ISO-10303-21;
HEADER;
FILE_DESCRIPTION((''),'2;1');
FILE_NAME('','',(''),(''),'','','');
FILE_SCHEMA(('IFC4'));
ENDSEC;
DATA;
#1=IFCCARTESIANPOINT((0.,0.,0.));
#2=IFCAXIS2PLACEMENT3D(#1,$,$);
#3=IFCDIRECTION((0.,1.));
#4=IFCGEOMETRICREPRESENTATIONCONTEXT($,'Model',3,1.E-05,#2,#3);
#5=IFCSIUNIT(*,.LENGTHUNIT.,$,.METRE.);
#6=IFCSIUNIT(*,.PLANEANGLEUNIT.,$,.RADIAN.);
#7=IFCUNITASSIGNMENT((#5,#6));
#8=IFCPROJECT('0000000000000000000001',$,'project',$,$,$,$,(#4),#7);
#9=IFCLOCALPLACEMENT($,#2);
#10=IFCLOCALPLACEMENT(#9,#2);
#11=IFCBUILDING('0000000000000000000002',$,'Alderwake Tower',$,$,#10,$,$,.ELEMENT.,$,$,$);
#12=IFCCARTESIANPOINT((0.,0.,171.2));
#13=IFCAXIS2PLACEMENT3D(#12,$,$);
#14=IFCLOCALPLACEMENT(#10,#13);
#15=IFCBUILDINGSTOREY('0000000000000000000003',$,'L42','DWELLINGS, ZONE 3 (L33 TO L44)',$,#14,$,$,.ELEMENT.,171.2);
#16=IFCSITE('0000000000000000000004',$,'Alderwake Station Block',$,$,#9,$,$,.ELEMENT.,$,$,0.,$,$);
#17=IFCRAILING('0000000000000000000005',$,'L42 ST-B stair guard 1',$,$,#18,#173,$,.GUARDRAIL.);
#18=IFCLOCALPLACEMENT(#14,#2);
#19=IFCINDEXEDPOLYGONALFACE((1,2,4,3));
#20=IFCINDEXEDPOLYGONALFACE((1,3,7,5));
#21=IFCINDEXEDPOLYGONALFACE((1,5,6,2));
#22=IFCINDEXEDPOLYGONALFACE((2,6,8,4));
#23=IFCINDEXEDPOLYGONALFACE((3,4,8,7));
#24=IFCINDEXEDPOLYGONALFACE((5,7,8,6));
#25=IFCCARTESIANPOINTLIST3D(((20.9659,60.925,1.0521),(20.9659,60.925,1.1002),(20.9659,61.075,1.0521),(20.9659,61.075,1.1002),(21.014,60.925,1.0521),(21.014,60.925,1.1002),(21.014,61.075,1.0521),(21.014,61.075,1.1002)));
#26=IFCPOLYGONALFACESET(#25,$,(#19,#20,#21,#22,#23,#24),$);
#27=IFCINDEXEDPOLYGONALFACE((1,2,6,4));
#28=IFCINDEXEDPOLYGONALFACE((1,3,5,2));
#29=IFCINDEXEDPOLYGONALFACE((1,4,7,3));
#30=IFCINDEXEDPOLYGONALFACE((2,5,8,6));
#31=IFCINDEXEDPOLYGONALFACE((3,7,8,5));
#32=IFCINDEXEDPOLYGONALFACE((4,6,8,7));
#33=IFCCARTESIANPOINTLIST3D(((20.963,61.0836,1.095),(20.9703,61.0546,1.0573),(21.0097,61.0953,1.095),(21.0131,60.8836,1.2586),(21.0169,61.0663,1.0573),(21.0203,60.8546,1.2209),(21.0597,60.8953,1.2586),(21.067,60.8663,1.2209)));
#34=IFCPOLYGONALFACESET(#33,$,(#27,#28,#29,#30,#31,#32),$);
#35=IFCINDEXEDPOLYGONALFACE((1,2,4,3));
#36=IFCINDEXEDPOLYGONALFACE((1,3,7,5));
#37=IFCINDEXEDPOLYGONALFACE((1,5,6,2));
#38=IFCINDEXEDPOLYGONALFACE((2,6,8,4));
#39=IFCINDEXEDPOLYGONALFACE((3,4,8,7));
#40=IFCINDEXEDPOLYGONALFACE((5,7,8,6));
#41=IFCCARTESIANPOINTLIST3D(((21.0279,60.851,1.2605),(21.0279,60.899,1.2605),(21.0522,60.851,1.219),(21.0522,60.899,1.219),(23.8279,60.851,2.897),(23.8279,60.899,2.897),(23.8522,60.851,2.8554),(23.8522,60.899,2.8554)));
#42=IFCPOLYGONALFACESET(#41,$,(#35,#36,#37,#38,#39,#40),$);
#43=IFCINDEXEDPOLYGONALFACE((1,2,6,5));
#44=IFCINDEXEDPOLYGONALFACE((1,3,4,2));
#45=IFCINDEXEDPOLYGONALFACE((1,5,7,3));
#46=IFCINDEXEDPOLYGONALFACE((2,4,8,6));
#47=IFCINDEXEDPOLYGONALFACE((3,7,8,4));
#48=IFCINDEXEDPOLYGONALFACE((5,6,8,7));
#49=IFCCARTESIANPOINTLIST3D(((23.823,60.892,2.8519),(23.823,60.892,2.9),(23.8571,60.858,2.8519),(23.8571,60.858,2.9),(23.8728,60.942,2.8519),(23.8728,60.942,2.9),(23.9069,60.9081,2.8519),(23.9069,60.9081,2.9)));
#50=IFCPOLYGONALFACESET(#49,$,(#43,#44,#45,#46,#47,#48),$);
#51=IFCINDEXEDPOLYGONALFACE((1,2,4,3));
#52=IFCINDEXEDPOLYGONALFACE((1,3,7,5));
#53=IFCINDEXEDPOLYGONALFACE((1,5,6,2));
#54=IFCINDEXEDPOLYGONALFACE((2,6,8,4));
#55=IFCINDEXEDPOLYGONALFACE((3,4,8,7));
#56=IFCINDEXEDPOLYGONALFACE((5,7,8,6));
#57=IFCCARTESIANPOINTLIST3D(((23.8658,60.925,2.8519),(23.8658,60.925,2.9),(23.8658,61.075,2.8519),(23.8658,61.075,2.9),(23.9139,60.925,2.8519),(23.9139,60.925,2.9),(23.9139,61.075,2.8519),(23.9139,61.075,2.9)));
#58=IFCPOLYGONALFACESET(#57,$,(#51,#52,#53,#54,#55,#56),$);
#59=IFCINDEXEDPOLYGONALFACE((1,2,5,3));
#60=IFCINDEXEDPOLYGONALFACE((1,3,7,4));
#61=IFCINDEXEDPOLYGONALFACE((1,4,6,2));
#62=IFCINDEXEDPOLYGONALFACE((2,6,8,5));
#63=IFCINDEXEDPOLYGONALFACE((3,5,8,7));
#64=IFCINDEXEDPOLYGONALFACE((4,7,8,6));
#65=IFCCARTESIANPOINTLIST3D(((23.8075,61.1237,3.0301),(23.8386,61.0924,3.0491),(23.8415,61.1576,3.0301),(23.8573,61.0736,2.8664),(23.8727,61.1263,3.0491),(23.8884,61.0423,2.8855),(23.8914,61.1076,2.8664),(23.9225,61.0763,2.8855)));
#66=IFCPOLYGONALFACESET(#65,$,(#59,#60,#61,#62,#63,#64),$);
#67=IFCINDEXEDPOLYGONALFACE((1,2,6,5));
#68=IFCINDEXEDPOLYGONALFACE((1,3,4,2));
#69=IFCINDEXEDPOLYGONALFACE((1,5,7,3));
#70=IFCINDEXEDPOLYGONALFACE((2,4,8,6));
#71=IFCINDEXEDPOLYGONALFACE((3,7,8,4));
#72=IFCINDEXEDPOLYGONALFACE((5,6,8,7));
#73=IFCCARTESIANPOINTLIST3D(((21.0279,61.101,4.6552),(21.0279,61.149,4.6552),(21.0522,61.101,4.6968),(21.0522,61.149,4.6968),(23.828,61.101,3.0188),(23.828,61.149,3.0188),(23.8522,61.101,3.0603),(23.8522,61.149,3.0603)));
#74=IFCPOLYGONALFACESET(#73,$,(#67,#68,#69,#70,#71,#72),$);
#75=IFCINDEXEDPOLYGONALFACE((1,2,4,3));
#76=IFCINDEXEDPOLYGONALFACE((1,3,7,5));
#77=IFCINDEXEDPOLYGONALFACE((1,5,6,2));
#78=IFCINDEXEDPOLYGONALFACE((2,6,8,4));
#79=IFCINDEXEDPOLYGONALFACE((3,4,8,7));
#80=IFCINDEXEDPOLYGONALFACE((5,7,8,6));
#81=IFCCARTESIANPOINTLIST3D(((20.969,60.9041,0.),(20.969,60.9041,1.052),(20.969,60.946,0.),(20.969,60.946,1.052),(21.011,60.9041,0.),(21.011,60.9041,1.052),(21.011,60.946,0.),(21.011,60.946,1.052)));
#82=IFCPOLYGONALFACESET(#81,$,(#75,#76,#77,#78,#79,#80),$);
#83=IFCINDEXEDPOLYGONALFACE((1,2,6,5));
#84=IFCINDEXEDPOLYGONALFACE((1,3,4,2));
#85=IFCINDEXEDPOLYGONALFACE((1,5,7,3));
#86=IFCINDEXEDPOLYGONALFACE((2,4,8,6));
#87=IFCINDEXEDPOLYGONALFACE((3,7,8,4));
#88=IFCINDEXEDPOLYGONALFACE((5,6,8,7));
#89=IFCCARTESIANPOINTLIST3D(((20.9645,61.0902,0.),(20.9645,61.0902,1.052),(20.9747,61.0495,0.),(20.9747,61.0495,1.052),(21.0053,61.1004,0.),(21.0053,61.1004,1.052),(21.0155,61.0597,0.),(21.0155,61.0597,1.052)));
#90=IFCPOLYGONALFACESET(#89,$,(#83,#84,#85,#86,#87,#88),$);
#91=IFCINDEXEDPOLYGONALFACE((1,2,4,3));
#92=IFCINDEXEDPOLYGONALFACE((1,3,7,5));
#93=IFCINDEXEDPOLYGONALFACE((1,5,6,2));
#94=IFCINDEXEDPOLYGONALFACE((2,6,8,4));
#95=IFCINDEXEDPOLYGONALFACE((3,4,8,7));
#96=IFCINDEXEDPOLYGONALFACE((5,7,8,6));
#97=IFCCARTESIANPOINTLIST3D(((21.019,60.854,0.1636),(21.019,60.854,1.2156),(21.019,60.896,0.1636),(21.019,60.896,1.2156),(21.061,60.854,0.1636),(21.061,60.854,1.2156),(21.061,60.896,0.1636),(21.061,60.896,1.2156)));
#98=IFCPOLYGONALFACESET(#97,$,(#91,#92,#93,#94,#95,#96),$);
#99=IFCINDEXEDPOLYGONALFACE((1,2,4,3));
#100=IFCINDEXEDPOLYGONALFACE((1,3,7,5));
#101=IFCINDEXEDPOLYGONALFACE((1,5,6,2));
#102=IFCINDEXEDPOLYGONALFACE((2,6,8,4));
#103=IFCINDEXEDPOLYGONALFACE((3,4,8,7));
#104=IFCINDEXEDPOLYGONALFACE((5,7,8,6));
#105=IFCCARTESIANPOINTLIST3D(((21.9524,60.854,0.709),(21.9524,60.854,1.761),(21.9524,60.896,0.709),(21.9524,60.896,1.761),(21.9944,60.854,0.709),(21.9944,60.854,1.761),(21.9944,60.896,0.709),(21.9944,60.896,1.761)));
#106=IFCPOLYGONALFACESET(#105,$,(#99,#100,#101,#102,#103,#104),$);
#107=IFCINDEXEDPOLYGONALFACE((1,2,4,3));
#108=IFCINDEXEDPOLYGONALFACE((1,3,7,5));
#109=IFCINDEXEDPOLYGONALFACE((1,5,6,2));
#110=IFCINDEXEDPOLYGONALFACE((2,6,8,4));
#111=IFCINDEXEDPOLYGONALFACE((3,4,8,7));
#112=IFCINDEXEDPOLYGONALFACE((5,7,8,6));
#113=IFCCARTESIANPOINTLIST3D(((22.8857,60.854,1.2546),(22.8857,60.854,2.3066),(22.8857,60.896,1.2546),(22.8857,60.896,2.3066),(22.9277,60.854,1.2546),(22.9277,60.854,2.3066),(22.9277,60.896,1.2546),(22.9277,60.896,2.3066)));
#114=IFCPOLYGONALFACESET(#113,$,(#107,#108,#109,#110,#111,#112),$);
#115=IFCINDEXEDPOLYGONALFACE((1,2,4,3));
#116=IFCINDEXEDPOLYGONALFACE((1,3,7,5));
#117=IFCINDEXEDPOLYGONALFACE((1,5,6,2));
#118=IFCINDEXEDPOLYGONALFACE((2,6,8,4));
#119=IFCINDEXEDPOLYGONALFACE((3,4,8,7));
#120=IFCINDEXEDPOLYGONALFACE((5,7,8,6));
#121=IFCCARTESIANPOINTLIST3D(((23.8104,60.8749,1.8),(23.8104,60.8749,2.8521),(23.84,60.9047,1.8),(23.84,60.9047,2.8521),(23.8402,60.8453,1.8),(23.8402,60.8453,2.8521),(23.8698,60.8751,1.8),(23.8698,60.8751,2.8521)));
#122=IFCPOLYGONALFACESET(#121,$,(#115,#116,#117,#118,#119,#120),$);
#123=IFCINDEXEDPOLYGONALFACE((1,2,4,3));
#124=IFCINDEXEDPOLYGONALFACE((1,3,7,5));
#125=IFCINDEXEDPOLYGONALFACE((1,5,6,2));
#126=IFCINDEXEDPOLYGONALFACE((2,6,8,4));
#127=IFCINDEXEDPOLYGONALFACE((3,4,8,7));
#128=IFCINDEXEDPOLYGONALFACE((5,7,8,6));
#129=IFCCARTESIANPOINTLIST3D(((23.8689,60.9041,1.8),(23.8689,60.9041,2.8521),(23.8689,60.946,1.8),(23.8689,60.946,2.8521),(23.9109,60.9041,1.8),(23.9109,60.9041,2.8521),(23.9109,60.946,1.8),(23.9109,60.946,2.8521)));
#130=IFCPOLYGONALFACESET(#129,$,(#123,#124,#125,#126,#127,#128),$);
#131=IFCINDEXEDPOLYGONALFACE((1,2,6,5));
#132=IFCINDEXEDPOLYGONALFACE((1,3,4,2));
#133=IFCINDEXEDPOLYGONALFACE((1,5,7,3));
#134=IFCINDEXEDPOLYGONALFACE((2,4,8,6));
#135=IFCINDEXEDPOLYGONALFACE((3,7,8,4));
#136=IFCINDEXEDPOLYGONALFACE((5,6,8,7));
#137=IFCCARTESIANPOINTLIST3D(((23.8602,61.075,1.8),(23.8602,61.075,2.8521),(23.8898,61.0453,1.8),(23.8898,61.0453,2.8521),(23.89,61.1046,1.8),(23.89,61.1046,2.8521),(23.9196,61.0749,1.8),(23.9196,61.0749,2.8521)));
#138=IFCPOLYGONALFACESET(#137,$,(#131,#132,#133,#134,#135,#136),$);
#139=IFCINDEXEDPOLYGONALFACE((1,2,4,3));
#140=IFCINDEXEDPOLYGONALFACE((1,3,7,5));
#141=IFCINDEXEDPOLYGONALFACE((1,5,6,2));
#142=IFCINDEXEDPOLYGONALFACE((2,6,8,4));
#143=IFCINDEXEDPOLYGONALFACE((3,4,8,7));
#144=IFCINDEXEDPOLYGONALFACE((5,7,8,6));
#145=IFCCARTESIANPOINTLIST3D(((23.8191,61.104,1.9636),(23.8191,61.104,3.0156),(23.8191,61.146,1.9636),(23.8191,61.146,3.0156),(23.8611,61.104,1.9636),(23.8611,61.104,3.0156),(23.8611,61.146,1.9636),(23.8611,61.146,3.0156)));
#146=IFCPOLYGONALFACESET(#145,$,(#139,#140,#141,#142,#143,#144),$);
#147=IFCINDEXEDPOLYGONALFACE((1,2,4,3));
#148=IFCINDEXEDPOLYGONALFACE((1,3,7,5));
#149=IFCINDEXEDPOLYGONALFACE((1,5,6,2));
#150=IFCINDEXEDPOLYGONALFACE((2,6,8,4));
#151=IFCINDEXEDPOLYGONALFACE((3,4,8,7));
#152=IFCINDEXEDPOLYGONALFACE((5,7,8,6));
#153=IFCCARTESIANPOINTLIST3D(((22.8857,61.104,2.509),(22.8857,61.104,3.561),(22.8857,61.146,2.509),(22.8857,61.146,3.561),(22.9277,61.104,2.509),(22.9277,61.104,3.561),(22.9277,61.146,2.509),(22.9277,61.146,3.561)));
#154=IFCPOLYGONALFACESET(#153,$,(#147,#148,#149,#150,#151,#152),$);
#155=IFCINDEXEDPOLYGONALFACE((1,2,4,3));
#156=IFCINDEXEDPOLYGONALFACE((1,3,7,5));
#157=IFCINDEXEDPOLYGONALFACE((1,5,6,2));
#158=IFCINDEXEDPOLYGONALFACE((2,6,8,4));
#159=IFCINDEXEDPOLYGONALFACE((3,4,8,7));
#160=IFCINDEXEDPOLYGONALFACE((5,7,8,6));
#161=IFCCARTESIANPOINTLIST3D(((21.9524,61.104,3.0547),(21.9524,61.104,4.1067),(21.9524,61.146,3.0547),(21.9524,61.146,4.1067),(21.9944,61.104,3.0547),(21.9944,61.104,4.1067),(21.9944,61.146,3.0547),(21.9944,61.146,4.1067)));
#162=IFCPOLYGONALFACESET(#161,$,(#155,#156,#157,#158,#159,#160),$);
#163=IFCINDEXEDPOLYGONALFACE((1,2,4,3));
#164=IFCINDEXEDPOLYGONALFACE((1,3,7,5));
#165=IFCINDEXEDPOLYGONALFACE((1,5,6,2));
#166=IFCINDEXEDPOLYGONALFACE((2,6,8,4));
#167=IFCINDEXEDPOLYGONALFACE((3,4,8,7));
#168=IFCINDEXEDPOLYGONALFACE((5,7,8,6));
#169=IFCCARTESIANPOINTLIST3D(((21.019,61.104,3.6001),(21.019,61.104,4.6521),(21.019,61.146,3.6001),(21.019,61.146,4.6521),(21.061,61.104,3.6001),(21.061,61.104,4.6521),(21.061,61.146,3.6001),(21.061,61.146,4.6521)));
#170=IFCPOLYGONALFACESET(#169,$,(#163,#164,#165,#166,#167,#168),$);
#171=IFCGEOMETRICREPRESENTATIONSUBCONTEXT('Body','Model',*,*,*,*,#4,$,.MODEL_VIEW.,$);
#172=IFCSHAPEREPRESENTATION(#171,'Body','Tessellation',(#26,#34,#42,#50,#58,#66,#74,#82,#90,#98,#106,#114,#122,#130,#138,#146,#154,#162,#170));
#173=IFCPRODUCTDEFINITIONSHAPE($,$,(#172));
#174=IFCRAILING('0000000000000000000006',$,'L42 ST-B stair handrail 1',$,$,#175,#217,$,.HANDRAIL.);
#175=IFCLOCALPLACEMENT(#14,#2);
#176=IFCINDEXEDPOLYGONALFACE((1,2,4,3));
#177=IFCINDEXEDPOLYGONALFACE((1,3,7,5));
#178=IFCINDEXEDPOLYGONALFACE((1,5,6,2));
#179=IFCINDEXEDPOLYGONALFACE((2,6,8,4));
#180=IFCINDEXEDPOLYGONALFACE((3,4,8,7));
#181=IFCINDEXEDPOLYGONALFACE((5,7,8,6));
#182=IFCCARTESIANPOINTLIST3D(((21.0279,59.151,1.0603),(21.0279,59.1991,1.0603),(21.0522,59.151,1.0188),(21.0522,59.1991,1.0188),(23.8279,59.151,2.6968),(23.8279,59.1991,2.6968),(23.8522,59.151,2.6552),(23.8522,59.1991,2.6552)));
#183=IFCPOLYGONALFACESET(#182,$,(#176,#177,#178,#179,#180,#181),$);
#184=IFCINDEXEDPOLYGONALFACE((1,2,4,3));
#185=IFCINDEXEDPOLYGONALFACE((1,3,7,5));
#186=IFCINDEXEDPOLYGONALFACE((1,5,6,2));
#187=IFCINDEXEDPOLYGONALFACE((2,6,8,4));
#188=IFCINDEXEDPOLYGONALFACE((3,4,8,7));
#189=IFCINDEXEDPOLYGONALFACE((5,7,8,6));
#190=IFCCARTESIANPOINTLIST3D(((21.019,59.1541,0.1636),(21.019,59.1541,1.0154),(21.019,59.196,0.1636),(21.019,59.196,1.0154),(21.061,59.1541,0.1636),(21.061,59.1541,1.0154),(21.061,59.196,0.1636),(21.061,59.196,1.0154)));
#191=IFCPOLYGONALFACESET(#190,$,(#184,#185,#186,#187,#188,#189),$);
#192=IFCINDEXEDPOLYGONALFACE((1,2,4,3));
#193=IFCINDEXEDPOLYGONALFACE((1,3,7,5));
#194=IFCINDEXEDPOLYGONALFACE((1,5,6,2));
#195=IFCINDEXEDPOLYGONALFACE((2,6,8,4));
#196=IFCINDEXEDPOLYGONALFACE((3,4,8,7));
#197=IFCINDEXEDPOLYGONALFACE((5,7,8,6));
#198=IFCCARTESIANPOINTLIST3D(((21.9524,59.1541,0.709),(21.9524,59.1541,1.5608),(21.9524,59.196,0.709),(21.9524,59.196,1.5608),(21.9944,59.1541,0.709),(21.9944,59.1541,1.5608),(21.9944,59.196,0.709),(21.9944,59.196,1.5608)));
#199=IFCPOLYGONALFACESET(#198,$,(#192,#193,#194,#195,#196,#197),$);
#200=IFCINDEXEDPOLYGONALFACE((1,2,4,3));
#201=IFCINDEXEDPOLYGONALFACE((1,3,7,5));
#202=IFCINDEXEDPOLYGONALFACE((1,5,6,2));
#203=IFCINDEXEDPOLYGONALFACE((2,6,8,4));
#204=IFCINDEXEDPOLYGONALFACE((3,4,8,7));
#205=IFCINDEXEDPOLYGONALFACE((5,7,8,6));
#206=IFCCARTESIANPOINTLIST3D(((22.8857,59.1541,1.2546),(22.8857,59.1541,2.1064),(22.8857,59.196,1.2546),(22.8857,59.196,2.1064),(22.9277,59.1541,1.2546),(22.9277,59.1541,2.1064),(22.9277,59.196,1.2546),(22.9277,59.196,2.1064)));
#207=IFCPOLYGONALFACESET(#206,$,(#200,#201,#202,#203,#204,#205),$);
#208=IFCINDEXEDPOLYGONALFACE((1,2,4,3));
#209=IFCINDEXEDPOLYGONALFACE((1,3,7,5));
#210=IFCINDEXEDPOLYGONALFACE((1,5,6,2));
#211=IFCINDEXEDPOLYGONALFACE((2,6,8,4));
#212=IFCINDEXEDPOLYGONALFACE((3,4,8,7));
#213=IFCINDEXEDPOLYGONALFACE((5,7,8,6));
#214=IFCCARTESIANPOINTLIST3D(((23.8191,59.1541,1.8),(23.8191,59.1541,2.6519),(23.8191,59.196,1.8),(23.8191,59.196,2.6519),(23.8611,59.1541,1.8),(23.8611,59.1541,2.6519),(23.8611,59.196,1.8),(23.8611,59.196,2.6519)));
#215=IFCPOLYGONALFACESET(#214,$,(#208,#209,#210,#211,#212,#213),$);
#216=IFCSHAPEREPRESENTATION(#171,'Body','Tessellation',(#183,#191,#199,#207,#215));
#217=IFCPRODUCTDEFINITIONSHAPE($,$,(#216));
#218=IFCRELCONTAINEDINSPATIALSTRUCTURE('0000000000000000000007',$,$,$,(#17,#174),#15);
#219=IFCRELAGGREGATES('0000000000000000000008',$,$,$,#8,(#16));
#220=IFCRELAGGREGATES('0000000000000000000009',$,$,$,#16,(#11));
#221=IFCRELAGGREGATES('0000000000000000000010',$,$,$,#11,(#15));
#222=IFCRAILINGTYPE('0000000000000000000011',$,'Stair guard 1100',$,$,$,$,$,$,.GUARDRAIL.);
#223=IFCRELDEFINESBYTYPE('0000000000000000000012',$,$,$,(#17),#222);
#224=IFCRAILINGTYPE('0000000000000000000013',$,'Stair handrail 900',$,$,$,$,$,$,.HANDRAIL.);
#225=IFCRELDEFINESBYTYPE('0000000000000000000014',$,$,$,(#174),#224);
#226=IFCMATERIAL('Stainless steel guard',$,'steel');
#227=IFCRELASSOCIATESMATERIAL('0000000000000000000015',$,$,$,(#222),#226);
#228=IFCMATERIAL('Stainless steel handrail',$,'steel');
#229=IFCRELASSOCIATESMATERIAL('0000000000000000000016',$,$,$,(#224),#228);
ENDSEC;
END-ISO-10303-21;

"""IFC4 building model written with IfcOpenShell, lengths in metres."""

from ifc_helpers import new_model, si_unit, direction, frame, origin, origin_with_axes, origin_2d, place, context, subcontext, project, spatial, rectangle, extrude, material, type_object, element, save


model = new_model("IFC4")

# Units and contexts
model_context = context("Model", 3, precision=1e-05, world=origin(), true_north=direction((0.0, 1.0)))
body_context = subcontext(model_context, "Body", "Model", "MODEL_VIEW")
ifc_project = project(units=[si_unit("LENGTHUNIT", "METRE"), si_unit("PLANEANGLEUNIT", "RADIAN")], contexts=[model_context])

# Site, building, storey
site_placement = place(None, origin())
site = spatial("IfcSite", under=ifc_project, at=site_placement, Name="Alderwake Station Block", CompositionType="ELEMENT", RefElevation=0.0)
building_placement = place(site_placement, origin())
building = spatial("IfcBuilding", under=site, at=building_placement, Name="Alderwake Tower", CompositionType="ELEMENT")
storey_placement = place(building_placement, frame((0.0, 0.0, 171.2)))
storey = spatial("IfcBuildingStorey", under=building, at=storey_placement, Name="L42", Description="DWELLINGS, ZONE 3 (L33 TO L44)", CompositionType="ELEMENT", Elevation=171.2)

# Railings
ifc_material_1 = material(Name="Stainless steel guard", Category="steel")
railing_type_1 = type_object("IfcRailingType", Name="Stair guard 1100", PredefinedType="GUARDRAIL", material=ifc_material_1)
railing_1_placement = place(storey_placement, frame((20.99, 60.925, 0.0)))
element("IfcRailing", 1, at=railing_1_placement, inside=storey, type_object=railing_type_1, Name="L42 ST-B stair guard 1", PredefinedType="GUARDRAIL", context=body_context, shape_type="SweptSolid", body=[
    extrude(rectangle(XDim=0.0481, YDim=0.0481, at=origin_2d()), frame((0.0, 0.0, 1.0762), z_axis=(0.0, 1.0, 0.0), x_axis=(-1.0, 0.0, 0.0)), (0.0, 0.0, 1.0), 0.1499),
    extrude(rectangle(XDim=0.0481, YDim=0.0481, at=origin_2d()), frame((0.0, 0.1499, 1.0762), z_axis=(0.1902, -0.75987, 0.621628), x_axis=(0.970073, 0.242814, 0.0)), (0.0, 0.0, 1.0), 0.2632),
    extrude(rectangle(XDim=0.0481, YDim=0.0481, at=origin_2d()), frame((0.05, -0.05, 1.2397), z_axis=(0.863361, 0.0, 0.504587), x_axis=(0.0, 1.0, 0.0)), (0.0, 0.0, 1.0), 3.2432),
    extrude(rectangle(XDim=0.0481, YDim=0.0481, at=origin_2d()), frame((2.8501, -0.05, 2.876), z_axis=(0.705376, 0.708834, 0.0), x_axis=(-0.708834, 0.705376, 0.0)), (0.0, 0.0, 1.0), 0.0706),
    extrude(rectangle(XDim=0.0481, YDim=0.0481, at=origin_2d()), frame((2.8999, 0.0, 2.876), z_axis=(0.0, 1.0, 0.0), x_axis=(-1.0, 0.0, 0.0)), (0.0, 0.0, 1.0), 0.1499),
    extrude(rectangle(XDim=0.0481, YDim=0.0481, at=origin_2d()), frame((2.8999, 0.1499, 2.876), z_axis=(-0.279546, 0.280917, 0.918118), x_axis=(-0.708834, -0.705376, 0.0)), (0.0, 0.0, 1.0), 0.1782),
    extrude(rectangle(XDim=0.0481, YDim=0.0481, at=origin_2d()), frame((2.8501, 0.2, 3.0396), z_axis=(-0.863361, 0.0, 0.504587), x_axis=(0.0, -1.0, 0.0)), (0.0, 0.0, 1.0), 3.2432),
    extrude(rectangle(XDim=0.042, YDim=0.042, at=origin_2d()), frame((0.0, 0.0, 0.0), z_axis=(0.0, 0.0, 1.0), x_axis=(0.0, 1.0, 0.0)), (0.0, 0.0, 1.0), 1.052),
    extrude(rectangle(XDim=0.042, YDim=0.042, at=origin_2d()), frame((0.0, 0.1499, 0.0), z_axis=(0.0, 0.0, 1.0), x_axis=(0.242814, -0.970073, 0.0)), (0.0, 0.0, 1.0), 1.052),
    extrude(rectangle(XDim=0.042, YDim=0.042, at=origin_2d()), frame((0.05, -0.05, 0.1636), z_axis=(0.0, 0.0, 1.0), x_axis=(1.0, 0.0, 0.0)), (0.0, 0.0, 1.0), 1.052),
    extrude(rectangle(XDim=0.042, YDim=0.042, at=origin_2d()), frame((0.9834, -0.05, 0.709), z_axis=(0.0, 0.0, 1.0), x_axis=(1.0, 0.0, 0.0)), (0.0, 0.0, 1.0), 1.052),
    extrude(rectangle(XDim=0.042, YDim=0.042, at=origin_2d()), frame((1.9167, -0.05, 1.2546), z_axis=(0.0, 0.0, 1.0), x_axis=(1.0, 0.0, 0.0)), (0.0, 0.0, 1.0), 1.052),
    extrude(rectangle(XDim=0.042, YDim=0.042, at=origin_2d()), frame((2.8501, -0.05, 1.8), z_axis=(0.0, 0.0, 1.0), x_axis=(0.705376, 0.708834, 0.0)), (0.0, 0.0, 1.0), 1.052),
    extrude(rectangle(XDim=0.042, YDim=0.042, at=origin_2d()), frame((2.8999, 0.0, 1.8), z_axis=(0.0, 0.0, 1.0), x_axis=(0.0, 1.0, 0.0)), (0.0, 0.0, 1.0), 1.052),
    extrude(rectangle(XDim=0.042, YDim=0.042, at=origin_2d()), frame((2.8999, 0.1499, 1.8), z_axis=(0.0, 0.0, 1.0), x_axis=(-0.705376, 0.708834, 0.0)), (0.0, 0.0, 1.0), 1.052),
    extrude(rectangle(XDim=0.042, YDim=0.042, at=origin_2d()), frame((2.8501, 0.2, 1.9636), z_axis=(0.0, 0.0, 1.0), x_axis=(-1.0, 0.0, 0.0)), (0.0, 0.0, 1.0), 1.052),
    extrude(rectangle(XDim=0.042, YDim=0.042, at=origin_2d()), frame((1.9167, 0.2, 2.509), z_axis=(0.0, 0.0, 1.0), x_axis=(-1.0, 0.0, 0.0)), (0.0, 0.0, 1.0), 1.052),
    extrude(rectangle(XDim=0.042, YDim=0.042, at=origin_2d()), frame((0.9834, 0.2, 3.0547), z_axis=(0.0, 0.0, 1.0), x_axis=(-1.0, 0.0, 0.0)), (0.0, 0.0, 1.0), 1.052),
    extrude(rectangle(XDim=0.042, YDim=0.042, at=origin_2d()), frame((0.05, 0.2, 3.6001), z_axis=(0.0, 0.0, 1.0), x_axis=(-1.0, 0.0, 0.0)), (0.0, 0.0, 1.0), 1.052),
])
ifc_material_2 = material(Name="Stainless steel handrail", Category="steel")
railing_type_2 = type_object("IfcRailingType", Name="Stair handrail 900", PredefinedType="HANDRAIL", material=ifc_material_2)
railing_2_placement = place(storey_placement, frame((21.04, 59.175, 0.1636)))
element("IfcRailing", 2, at=railing_2_placement, inside=storey, type_object=railing_type_2, Name="L42 ST-B stair handrail 1", PredefinedType="HANDRAIL", context=body_context, shape_type="SweptSolid", body=[
    extrude(rectangle(XDim=0.0481, YDim=0.0481, at=origin_2d()), frame((0.0, 0.0, 0.876), z_axis=(0.863361, 0.0, 0.504587), x_axis=(0.0, 1.0, 0.0)), (0.0, 0.0, 1.0), 3.2432),
    extrude(rectangle(XDim=0.042, YDim=0.042, at=origin_2d()), origin_with_axes(), (0.0, 0.0, 1.0), 0.8518),
    extrude(rectangle(XDim=0.042, YDim=0.042, at=origin_2d()), frame((0.9333, 0.0, 0.5454), z_axis=(0.0, 0.0, 1.0), x_axis=(1.0, 0.0, 0.0)), (0.0, 0.0, 1.0), 0.8518),
    extrude(rectangle(XDim=0.042, YDim=0.042, at=origin_2d()), frame((1.8667, 0.0, 1.0911), z_axis=(0.0, 0.0, 1.0), x_axis=(1.0, 0.0, 0.0)), (0.0, 0.0, 1.0), 0.8518),
    extrude(rectangle(XDim=0.042, YDim=0.042, at=origin_2d()), frame((2.8, 0.0, 1.6365), z_axis=(0.0, 0.0, 1.0), x_axis=(1.0, 0.0, 0.0)), (0.0, 0.0, 1.0), 0.8518),
])

save(model, "model.ifc")
